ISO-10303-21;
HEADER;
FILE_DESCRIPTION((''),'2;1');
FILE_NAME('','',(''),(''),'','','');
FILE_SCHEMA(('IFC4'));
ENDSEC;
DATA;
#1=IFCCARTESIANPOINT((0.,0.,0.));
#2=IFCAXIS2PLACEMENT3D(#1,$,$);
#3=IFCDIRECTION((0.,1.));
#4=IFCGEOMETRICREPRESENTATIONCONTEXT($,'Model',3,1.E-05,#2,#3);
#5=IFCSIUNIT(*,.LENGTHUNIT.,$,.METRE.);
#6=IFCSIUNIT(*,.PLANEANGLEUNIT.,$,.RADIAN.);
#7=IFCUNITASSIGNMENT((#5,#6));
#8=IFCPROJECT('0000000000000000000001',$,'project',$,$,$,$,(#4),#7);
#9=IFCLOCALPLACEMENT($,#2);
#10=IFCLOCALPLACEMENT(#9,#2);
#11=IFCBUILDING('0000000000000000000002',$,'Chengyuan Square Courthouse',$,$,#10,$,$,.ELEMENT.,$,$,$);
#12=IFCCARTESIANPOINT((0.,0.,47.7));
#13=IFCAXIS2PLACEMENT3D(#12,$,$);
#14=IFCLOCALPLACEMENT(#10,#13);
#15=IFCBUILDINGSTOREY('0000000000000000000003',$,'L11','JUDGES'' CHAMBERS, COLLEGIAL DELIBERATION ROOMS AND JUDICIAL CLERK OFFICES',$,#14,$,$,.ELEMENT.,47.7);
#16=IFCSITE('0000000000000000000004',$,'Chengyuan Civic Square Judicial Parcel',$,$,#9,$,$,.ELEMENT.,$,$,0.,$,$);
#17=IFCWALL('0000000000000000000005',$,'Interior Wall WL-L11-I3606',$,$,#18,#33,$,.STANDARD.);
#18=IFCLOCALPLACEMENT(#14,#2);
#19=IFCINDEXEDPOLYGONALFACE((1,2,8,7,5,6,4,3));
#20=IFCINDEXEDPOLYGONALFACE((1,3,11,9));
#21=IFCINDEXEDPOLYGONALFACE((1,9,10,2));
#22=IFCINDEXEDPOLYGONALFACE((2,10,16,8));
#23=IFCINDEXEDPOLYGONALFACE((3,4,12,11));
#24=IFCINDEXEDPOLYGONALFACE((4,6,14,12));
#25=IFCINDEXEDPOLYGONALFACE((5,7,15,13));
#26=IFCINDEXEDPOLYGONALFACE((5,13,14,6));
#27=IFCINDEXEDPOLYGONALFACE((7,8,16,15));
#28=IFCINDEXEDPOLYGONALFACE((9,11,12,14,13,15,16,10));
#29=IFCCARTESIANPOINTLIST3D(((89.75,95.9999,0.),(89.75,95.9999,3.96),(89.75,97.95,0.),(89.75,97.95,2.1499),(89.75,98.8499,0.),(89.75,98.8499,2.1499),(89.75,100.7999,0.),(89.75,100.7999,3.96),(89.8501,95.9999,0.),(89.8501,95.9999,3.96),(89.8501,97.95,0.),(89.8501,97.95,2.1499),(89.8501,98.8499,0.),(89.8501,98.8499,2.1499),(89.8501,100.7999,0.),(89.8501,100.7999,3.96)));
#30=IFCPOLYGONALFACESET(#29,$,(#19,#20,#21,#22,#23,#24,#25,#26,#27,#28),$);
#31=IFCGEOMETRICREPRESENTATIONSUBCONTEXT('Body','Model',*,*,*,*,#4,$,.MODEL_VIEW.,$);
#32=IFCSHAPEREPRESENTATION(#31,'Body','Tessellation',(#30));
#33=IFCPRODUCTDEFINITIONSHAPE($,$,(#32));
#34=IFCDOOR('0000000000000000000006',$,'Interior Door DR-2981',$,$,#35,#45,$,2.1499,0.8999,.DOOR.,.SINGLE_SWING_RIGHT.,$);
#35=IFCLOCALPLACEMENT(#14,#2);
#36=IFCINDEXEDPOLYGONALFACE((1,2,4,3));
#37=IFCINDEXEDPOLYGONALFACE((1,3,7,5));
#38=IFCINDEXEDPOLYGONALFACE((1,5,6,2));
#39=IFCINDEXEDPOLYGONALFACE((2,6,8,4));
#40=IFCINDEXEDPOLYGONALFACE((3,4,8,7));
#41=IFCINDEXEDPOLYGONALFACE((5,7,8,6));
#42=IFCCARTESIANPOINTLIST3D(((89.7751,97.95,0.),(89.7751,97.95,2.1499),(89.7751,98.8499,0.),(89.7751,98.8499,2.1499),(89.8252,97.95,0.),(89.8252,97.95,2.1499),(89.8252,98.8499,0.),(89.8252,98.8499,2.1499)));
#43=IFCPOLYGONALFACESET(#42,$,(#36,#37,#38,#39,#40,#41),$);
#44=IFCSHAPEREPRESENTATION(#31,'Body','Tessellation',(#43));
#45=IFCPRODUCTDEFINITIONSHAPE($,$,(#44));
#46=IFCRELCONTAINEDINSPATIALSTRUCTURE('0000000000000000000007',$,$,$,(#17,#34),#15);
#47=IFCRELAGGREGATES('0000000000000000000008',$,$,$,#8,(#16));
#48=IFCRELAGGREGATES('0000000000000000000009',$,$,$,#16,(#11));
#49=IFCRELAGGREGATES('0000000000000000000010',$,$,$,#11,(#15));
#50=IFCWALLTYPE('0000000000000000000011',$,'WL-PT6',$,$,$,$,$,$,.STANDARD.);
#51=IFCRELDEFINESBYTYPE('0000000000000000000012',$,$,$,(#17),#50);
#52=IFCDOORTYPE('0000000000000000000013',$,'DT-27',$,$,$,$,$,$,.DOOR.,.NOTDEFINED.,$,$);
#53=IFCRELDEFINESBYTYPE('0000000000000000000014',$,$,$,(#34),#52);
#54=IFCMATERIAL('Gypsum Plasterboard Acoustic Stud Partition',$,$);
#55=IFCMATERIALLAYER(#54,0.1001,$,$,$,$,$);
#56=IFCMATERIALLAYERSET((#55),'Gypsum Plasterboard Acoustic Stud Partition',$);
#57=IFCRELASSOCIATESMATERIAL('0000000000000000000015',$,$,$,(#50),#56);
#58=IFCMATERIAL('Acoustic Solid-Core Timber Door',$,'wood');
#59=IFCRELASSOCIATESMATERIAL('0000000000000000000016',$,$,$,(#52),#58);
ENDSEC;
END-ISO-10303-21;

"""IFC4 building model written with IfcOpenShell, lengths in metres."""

from ifc_helpers import new_model, si_unit, direction, frame, frame_2d, origin, place, context, subcontext, project, spatial, rectangle, extrude, material, layer, layer_set, type_object, element, fill, save


model = new_model("IFC4")

# Units and contexts
model_context = context("Model", 3, precision=1e-05, world=origin(), true_north=direction((0.0, 1.0)))
body_context = subcontext(model_context, "Body", "Model", "MODEL_VIEW")
ifc_project = project(units=[si_unit("LENGTHUNIT", "METRE"), si_unit("PLANEANGLEUNIT", "RADIAN")], contexts=[model_context])

# Site, building, storey
site_placement = place(None, origin())
site = spatial("IfcSite", under=ifc_project, at=site_placement, Name="Chengyuan Civic Square Judicial Parcel", CompositionType="ELEMENT", RefElevation=0.0)
building_placement = place(site_placement, origin())
building = spatial("IfcBuilding", under=site, at=building_placement, Name="Chengyuan Square Courthouse", CompositionType="ELEMENT")
storey_placement = place(building_placement, frame((0.0, 0.0, 47.7)))
storey = spatial("IfcBuildingStorey", under=building, at=storey_placement, Name="L11", Description="JUDGES' CHAMBERS, COLLEGIAL DELIBERATION ROOMS AND JUDICIAL CLERK OFFICES", CompositionType="ELEMENT", Elevation=47.7)

# Shared definitions
ifc_material_1 = material(Name="Acoustic Solid-Core Timber Door", Category="wood")
ifc_material_2 = material(Name="Gypsum Plasterboard Acoustic Stud Partition")
ifc_layer_1 = layer(ifc_material_2, 0.1001)
ifc_layer_set_1 = layer_set([ifc_layer_1], Name="Gypsum Plasterboard Acoustic Stud Partition")
wall_type_1 = type_object("IfcWallType", Name="WL-PT6", PredefinedType="STANDARD", material=ifc_layer_set_1)
door_type_1 = type_object("IfcDoorType", Name="DT-27", OperationType="NOTDEFINED", PredefinedType="DOOR", material=ifc_material_1)

# Wall, opening, door
wall_1_placement = place(storey_placement, frame((89.8, 96.0, 0.0), z_axis=(0.0, 0.0, 1.0), x_axis=(0.0, 1.0, 0.0)))
wall_1 = element("IfcWall", 1, at=wall_1_placement, inside=storey, type_object=wall_type_1, Name="Interior Wall WL-L11-I3606", PredefinedType="STANDARD", context=body_context, shape_type="SweptSolid", body=[
    extrude(rectangle(XDim=4.8, YDim=0.1001, at=frame_2d((2.3999, 0.0))), origin(), (0.0, 0.0, 1.0), 3.96),
])
opening_1_placement = place(wall_1_placement, frame((1.95, 0.0, 0.0)))
opening_1 = element("IfcOpeningElement", 2, at=opening_1_placement, cuts=wall_1, PredefinedType="OPENING", context=body_context, shape_type="SweptSolid", body=[
    extrude(rectangle(XDim=0.8999, YDim=2.1499, at=frame_2d((0.45, 1.075))), frame((0.0, 0.062, 0.0), z_axis=(0.0, -1.0, 0.0), x_axis=(1.0, 0.0, 0.0)), (0.0, 0.0, 1.0), 0.124),
])
door_1_placement = place(opening_1_placement, origin())
door_1 = element("IfcDoor", 3, at=door_1_placement, inside=storey, type_object=door_type_1, Name="Interior Door DR-2981", OperationType="SINGLE_SWING_RIGHT", OverallHeight=2.1499, OverallWidth=0.8999, PredefinedType="DOOR", context=body_context, shape_type="SweptSolid", body=[
    extrude(rectangle(XDim=0.8999, YDim=2.1499, at=frame_2d((0.45, 1.075))), frame((0.0, 0.0249, 0.0), z_axis=(0.0, -1.0, 0.0), x_axis=(1.0, 0.0, 0.0)), (0.0, 0.0, 1.0), 0.05),
])
fill(opening_1, door_1)

save(model, "model.ifc")
